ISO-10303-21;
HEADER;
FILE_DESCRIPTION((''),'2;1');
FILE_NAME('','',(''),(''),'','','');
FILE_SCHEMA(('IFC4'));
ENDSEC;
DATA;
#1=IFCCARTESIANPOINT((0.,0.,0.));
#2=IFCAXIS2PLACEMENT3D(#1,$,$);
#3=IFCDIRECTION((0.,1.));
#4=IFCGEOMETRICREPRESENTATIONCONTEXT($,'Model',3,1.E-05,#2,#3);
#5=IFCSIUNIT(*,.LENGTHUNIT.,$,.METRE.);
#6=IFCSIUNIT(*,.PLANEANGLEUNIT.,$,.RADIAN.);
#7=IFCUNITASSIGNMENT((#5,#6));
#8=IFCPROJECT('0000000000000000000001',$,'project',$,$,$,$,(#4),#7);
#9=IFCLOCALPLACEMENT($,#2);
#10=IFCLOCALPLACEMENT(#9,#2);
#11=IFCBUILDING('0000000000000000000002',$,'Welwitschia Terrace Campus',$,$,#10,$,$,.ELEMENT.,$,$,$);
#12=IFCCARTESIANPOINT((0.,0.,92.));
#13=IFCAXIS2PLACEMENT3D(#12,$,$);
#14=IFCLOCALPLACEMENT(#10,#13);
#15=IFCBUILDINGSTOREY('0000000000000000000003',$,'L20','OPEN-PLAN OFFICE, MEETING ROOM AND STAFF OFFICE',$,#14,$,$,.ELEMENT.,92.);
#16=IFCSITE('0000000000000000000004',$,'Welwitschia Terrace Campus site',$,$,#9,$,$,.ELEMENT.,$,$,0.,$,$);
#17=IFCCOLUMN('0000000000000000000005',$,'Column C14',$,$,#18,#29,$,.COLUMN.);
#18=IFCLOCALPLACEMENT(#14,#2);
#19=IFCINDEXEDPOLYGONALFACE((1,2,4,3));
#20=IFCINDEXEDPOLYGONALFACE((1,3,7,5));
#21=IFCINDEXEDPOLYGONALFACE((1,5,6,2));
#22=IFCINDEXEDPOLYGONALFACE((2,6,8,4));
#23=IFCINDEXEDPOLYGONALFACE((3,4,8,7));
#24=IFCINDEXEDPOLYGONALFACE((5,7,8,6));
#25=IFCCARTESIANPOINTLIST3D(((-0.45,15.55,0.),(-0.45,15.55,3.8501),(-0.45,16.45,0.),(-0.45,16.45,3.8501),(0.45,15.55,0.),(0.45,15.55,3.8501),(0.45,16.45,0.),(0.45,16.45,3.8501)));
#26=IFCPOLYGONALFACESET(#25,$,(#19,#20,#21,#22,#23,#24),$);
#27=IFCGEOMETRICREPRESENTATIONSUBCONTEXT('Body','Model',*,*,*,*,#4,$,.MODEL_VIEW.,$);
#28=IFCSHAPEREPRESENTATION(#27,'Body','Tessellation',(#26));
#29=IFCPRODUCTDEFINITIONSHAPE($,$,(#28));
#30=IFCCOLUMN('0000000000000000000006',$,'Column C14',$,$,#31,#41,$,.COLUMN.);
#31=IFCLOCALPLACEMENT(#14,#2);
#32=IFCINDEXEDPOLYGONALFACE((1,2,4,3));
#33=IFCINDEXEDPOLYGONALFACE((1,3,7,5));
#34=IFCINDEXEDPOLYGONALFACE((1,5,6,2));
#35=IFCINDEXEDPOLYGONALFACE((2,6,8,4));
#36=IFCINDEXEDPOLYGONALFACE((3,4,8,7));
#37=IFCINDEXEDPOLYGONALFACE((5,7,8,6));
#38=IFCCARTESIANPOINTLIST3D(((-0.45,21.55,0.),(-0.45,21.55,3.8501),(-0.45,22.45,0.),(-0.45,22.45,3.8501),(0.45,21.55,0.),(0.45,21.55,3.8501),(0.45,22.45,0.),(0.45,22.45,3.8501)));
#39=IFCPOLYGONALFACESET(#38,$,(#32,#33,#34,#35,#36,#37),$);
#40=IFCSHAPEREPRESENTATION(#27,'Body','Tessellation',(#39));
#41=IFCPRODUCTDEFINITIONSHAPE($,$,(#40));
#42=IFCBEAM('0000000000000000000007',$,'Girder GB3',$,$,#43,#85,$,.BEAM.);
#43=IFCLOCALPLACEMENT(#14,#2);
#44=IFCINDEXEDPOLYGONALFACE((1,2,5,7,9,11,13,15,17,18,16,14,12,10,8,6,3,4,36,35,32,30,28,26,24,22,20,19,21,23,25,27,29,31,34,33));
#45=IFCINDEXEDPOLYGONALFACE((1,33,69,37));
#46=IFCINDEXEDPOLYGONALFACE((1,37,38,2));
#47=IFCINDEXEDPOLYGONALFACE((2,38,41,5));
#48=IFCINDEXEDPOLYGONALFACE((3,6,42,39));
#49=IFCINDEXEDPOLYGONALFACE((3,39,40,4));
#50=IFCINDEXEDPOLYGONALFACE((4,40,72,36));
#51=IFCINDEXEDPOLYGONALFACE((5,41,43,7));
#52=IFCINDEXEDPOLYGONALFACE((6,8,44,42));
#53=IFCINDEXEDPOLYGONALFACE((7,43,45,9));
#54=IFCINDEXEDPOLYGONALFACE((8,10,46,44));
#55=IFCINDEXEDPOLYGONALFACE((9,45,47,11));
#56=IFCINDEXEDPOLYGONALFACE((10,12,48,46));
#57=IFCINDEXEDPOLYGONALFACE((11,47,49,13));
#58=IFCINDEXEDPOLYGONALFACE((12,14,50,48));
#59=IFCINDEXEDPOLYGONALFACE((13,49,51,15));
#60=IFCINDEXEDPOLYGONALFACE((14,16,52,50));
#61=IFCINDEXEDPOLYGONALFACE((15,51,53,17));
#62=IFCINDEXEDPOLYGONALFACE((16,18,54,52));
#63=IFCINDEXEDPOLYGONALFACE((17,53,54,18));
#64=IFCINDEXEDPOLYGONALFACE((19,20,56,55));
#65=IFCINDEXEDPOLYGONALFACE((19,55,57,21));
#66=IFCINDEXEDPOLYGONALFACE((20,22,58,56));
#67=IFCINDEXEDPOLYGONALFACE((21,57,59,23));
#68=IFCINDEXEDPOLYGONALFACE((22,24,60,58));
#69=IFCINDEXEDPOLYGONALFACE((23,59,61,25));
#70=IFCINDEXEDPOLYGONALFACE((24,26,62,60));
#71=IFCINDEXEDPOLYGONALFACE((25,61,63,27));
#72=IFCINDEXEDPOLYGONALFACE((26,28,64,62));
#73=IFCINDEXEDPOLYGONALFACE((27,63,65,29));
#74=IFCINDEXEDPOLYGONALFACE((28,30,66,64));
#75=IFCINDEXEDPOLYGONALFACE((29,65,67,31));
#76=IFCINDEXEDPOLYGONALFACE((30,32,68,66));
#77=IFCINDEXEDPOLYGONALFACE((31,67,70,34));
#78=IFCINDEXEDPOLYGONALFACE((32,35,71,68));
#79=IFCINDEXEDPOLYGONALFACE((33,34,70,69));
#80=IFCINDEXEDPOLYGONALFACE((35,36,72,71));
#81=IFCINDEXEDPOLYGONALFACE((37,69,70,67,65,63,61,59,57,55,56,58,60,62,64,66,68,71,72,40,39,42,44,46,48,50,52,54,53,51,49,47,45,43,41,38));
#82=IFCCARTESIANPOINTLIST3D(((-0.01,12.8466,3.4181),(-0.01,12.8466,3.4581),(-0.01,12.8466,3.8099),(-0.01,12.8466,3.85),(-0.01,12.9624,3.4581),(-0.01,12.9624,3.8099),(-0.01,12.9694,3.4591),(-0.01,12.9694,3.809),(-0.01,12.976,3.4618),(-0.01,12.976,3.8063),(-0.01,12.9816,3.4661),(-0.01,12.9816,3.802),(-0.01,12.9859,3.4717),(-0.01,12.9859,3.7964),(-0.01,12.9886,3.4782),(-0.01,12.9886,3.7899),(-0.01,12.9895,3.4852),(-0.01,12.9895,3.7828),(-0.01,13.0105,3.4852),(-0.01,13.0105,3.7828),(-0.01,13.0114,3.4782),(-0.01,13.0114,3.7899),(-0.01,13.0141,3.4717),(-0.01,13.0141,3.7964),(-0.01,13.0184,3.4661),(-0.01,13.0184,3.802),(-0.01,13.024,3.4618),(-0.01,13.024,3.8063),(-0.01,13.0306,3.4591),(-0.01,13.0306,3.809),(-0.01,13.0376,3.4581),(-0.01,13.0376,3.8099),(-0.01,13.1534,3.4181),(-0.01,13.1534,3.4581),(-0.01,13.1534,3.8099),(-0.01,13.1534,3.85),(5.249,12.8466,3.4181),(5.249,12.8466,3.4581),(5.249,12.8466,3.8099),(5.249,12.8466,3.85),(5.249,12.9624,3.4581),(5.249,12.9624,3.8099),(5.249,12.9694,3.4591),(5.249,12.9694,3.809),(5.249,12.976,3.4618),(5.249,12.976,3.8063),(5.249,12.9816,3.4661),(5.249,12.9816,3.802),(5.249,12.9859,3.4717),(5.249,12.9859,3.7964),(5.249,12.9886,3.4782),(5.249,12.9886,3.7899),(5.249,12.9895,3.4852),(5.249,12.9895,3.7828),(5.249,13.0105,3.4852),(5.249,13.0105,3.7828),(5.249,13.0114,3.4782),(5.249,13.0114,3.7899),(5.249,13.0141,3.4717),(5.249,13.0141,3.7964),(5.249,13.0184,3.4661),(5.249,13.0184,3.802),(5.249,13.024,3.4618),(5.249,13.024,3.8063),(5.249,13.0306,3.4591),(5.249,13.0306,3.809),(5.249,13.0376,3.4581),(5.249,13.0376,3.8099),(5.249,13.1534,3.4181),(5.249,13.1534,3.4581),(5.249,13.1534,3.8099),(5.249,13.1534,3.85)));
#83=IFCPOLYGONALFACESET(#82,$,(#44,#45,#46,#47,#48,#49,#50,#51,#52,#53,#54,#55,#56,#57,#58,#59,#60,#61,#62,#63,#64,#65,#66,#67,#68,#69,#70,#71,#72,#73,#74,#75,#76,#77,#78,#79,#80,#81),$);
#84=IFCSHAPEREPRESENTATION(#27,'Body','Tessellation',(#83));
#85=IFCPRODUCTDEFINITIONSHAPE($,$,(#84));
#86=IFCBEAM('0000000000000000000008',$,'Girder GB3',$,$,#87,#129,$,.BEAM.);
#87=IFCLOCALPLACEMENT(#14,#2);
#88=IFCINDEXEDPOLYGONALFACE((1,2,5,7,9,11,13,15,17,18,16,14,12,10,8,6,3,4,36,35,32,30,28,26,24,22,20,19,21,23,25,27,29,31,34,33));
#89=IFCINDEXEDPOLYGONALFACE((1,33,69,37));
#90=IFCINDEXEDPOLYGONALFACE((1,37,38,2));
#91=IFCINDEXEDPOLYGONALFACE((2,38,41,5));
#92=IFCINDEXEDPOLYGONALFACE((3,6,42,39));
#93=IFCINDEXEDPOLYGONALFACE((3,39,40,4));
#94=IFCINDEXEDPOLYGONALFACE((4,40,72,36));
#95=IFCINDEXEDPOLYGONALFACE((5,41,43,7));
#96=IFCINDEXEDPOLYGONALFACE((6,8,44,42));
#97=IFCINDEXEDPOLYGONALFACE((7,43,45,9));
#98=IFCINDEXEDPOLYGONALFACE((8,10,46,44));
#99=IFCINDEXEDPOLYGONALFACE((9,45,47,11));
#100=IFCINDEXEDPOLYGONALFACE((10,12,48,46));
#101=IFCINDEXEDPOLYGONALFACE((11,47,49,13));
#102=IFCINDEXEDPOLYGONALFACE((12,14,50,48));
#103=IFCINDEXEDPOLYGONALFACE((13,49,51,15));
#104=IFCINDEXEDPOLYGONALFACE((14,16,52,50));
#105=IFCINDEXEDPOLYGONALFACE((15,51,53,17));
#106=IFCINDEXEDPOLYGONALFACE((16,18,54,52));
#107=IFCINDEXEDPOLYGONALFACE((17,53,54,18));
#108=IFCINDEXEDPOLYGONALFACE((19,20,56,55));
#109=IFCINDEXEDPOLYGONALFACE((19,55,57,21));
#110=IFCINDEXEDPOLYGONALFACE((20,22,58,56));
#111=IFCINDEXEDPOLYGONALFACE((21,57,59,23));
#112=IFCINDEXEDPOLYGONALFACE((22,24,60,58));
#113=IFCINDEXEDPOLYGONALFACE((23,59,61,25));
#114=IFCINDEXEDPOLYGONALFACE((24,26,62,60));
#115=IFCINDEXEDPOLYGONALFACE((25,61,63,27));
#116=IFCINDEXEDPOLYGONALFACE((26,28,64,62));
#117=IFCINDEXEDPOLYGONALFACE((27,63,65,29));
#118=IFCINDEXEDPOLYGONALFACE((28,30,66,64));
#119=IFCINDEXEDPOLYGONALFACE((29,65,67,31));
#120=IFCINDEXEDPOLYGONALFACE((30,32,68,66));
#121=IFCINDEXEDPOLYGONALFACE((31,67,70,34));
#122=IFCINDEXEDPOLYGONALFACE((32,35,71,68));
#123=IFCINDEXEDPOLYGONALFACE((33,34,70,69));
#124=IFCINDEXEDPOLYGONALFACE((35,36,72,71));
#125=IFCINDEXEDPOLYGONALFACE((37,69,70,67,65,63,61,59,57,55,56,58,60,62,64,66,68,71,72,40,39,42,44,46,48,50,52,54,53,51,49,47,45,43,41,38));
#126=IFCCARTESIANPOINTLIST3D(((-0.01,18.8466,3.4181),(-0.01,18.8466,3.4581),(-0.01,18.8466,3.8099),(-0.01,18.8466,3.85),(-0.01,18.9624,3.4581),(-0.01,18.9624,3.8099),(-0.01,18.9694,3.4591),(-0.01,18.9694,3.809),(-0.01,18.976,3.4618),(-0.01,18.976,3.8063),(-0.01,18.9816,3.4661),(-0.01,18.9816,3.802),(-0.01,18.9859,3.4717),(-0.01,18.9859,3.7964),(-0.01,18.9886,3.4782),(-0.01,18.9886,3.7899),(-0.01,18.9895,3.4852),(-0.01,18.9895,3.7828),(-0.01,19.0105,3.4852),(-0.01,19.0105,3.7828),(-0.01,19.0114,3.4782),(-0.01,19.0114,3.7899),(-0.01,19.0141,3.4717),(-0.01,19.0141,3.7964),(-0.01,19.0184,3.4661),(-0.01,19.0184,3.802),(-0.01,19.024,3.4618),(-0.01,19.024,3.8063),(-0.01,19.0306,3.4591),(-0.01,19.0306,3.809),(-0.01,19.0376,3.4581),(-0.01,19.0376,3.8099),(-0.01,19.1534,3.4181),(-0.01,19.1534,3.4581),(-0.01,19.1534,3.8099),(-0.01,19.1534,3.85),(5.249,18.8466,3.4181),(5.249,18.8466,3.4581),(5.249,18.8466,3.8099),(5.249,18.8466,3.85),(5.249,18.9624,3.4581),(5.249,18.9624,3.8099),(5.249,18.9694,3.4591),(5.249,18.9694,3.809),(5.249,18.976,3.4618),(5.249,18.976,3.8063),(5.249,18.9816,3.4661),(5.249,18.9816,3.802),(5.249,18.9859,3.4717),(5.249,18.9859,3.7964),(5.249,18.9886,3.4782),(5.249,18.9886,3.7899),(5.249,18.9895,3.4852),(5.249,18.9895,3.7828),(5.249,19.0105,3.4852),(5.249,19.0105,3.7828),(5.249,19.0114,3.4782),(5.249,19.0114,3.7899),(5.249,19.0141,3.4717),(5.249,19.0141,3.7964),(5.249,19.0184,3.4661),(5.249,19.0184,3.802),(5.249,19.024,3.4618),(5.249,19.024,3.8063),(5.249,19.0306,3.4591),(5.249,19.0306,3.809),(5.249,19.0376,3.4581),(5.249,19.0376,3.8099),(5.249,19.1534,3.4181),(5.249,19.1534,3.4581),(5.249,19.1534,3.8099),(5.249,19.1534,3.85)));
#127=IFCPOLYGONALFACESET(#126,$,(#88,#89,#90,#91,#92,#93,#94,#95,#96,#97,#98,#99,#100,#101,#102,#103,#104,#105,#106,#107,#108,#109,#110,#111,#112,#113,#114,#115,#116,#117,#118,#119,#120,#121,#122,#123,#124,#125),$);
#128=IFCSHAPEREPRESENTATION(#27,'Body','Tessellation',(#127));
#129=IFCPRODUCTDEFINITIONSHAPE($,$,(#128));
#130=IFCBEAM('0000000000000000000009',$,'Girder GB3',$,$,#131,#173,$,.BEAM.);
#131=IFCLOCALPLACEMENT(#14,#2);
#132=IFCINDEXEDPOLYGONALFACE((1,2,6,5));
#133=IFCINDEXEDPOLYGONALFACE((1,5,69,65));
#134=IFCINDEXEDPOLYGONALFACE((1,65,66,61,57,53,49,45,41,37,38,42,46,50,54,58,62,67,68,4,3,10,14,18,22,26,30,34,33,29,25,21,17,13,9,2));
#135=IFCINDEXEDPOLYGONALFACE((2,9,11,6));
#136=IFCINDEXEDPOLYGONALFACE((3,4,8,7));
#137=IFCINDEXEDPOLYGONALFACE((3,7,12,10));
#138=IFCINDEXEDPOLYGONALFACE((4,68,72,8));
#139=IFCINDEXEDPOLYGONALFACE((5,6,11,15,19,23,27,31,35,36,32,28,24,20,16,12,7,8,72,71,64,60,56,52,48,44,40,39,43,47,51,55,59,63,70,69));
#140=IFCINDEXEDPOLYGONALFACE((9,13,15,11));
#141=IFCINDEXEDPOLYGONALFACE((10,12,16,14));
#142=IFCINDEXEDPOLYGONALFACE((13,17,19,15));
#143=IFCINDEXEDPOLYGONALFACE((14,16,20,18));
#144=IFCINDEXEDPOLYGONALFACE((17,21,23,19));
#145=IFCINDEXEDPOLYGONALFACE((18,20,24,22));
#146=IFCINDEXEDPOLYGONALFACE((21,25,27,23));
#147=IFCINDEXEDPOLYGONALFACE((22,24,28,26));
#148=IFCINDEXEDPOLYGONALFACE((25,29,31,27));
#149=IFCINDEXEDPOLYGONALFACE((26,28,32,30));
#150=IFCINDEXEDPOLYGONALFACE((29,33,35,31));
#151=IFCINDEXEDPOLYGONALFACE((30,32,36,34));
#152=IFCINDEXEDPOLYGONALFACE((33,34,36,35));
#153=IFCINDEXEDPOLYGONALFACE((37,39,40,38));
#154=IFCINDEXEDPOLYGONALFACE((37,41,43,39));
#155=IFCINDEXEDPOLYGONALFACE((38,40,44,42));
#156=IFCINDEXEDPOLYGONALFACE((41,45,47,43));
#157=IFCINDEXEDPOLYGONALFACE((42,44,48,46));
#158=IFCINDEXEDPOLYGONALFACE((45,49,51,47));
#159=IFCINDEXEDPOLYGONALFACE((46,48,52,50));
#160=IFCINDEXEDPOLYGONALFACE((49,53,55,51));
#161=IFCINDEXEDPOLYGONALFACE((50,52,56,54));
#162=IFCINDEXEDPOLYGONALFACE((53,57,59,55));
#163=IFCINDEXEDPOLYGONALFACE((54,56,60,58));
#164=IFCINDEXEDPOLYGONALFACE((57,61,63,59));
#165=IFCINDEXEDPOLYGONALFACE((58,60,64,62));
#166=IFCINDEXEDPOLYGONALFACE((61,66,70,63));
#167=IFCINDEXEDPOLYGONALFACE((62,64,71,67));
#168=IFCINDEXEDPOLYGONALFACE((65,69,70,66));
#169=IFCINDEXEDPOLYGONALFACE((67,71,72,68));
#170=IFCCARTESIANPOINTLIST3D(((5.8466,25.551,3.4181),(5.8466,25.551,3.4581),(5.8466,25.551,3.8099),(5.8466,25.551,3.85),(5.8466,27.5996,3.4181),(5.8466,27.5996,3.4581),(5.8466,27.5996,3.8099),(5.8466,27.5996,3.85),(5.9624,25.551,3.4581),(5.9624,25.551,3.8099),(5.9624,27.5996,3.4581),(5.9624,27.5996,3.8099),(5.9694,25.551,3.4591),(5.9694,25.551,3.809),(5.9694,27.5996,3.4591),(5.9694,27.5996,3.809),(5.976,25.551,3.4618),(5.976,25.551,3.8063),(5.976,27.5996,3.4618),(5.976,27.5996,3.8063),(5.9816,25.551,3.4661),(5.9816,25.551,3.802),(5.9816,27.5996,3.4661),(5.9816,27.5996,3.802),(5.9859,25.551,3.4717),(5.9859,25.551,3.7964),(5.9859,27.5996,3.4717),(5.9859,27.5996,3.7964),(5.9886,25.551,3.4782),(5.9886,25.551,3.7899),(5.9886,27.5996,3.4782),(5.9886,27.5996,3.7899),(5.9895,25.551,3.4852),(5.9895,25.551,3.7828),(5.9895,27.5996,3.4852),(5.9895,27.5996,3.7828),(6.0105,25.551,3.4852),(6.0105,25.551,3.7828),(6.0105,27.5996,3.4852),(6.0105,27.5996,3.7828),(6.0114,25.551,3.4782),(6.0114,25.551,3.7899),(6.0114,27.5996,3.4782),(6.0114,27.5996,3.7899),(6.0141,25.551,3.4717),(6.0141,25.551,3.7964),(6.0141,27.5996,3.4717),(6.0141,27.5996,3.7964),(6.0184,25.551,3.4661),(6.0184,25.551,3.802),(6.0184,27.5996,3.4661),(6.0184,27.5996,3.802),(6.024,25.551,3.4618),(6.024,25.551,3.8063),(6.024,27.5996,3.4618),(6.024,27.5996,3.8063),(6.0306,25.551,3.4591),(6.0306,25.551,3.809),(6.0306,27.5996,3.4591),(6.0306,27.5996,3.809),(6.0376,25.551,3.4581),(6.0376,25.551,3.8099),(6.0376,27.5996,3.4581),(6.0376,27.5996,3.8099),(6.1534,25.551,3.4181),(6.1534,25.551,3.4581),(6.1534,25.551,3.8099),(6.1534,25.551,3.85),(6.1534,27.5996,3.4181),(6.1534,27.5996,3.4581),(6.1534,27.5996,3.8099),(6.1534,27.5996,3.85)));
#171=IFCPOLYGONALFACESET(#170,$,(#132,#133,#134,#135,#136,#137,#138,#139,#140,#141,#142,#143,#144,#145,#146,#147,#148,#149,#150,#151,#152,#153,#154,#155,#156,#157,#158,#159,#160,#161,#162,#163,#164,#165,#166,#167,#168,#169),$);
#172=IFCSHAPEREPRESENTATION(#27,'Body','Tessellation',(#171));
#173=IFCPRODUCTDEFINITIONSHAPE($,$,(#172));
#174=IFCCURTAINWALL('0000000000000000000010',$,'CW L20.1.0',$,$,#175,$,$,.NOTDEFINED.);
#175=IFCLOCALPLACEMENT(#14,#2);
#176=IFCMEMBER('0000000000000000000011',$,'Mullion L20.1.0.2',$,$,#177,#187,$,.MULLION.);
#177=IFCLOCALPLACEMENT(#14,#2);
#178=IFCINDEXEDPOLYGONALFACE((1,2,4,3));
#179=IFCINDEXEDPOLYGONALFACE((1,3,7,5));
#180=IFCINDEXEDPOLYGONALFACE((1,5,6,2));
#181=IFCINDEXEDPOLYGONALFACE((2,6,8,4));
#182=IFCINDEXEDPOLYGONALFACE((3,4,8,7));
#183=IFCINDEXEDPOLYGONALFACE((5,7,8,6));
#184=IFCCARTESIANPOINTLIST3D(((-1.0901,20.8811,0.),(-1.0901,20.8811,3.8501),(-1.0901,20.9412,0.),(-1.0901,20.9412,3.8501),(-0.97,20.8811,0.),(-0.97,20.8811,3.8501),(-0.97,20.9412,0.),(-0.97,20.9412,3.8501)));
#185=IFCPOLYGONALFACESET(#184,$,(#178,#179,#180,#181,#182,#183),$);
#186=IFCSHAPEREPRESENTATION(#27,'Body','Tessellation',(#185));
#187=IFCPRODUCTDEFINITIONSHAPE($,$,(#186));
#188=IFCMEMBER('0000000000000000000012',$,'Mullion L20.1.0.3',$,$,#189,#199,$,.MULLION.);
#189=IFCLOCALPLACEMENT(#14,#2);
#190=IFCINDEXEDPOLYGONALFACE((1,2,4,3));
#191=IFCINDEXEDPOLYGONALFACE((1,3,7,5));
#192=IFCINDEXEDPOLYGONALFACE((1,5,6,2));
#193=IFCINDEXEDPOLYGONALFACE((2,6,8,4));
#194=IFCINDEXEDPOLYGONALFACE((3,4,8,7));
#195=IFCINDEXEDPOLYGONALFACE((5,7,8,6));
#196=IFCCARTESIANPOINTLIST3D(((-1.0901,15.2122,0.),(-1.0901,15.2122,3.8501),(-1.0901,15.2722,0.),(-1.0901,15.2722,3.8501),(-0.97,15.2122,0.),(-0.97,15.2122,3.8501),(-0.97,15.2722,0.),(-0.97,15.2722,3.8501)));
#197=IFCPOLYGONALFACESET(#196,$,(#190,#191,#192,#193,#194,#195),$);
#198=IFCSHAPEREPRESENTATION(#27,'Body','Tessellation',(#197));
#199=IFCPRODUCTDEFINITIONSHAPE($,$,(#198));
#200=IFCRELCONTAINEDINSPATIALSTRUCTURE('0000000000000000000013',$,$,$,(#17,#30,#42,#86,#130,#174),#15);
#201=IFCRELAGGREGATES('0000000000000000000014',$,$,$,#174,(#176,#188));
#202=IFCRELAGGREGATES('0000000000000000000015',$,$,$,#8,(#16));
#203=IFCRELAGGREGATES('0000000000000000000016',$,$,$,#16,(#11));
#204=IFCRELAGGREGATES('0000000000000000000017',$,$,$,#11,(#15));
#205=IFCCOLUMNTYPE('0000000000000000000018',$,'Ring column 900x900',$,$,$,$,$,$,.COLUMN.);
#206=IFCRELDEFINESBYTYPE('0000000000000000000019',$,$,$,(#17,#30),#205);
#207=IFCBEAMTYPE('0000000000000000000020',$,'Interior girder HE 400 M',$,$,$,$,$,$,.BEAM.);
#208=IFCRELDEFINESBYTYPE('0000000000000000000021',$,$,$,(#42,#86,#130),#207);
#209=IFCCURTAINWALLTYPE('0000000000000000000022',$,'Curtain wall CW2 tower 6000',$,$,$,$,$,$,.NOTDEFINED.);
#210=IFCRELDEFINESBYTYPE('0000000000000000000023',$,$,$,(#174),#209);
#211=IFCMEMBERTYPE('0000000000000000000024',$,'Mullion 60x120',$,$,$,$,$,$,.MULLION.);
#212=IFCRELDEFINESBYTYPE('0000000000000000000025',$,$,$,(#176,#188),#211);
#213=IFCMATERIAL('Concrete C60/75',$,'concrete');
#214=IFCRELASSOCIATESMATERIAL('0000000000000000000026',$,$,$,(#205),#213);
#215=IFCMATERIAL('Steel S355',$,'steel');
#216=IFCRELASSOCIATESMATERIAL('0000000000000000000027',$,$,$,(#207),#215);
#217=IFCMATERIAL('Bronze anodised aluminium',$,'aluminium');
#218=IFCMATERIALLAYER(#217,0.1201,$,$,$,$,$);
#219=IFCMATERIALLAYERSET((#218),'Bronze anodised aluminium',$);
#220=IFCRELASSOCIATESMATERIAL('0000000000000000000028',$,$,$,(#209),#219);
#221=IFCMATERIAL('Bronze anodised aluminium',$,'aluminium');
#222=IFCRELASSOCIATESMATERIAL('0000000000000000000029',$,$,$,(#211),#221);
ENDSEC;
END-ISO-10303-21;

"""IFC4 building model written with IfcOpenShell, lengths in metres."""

from ifc_helpers import new_model, si_unit, direction, frame, origin, origin_2d, place, context, subcontext, project, spatial, rectangle, i_section, extrude, material, layer, layer_set, material_profile, profile_set, type_object, element, aggregate, save


model = new_model("IFC4")

# Units and contexts
model_context = context("Model", 3, precision=1e-05, world=origin(), true_north=direction((0.0, 1.0)))
body_context = subcontext(model_context, "Body", "Model", "MODEL_VIEW")
ifc_project = project(units=[si_unit("LENGTHUNIT", "METRE"), si_unit("PLANEANGLEUNIT", "RADIAN")], contexts=[model_context])

# Site, building, storey
site_placement = place(None, origin())
site = spatial("IfcSite", under=ifc_project, at=site_placement, Name="Welwitschia Terrace Campus site", CompositionType="ELEMENT", RefElevation=0.0)
building_placement = place(site_placement, origin())
building = spatial("IfcBuilding", under=site, at=building_placement, Name="Welwitschia Terrace Campus", CompositionType="ELEMENT")
storey_placement = place(building_placement, frame((0.0, 0.0, 92.0)))
storey = spatial("IfcBuildingStorey", under=building, at=storey_placement, Name="L20", Description="OPEN-PLAN OFFICE, MEETING ROOM AND STAFF OFFICE", CompositionType="ELEMENT", Elevation=92.0)

# Columns
ifc_material_1 = material(Name="Concrete C60/75", Category="concrete")
ifc_material_profile_1 = material_profile(ifc_material_1, rectangle(XDim=0.8999, YDim=0.8999, at=origin_2d()))
ifc_profile_set_1 = profile_set([ifc_material_profile_1], Name="Concrete C60/75")
column_type = type_object("IfcColumnType", Name="Ring column 900x900", PredefinedType="COLUMN", material=ifc_profile_set_1)
for number, where, z_axis, x_axis, name in (
    (1, (0.0, 16.0, 0.0), (0.0, 0.0, 1.0), (1.0, 0.0, 0.0), "Column C14"),
    (2, (0.0, 22.0, 0.0), (0.0, 0.0, 1.0), (1.0, 0.0, 0.0), "Column C14"),
):
    element("IfcColumn", number, at=place(storey_placement, frame(where, z_axis=z_axis, x_axis=x_axis)), inside=storey, type_object=column_type, Name=name, PredefinedType="COLUMN", context=body_context, shape_type="SweptSolid", body=[
        extrude(rectangle(XDim=0.8999, YDim=0.8999, at=origin_2d()), origin(), (0.0, 0.0, 1.0), 3.8501),
    ])

# Beams
ifc_material_2 = material(Name="Steel S355", Category="steel")
ifc_material_profile_2 = material_profile(ifc_material_2, i_section(OverallWidth=0.3069, OverallDepth=0.4319, WebThickness=0.021, FlangeThickness=0.04, FilletRadius=0.0271, at=origin_2d()))
ifc_profile_set_2 = profile_set([ifc_material_profile_2], Name="Steel S355")
beam_type_1 = type_object("IfcBeamType", Name="Interior girder HE 400 M", PredefinedType="BEAM", material=ifc_profile_set_2)
for number, where, z_axis, x_axis, name in (
    (3, (-0.01, 13.0, 3.634), (1.0, 0.0, 0.0), (0.0, 1.0, 0.0), "Girder GB3"),
    (4, (-0.01, 19.0, 3.634), (1.0, 0.0, 0.0), (0.0, 1.0, 0.0), "Girder GB3"),
):
    element("IfcBeam", number, at=place(storey_placement, frame(where, z_axis=z_axis, x_axis=x_axis)), inside=storey, type_object=beam_type_1, Name=name, PredefinedType="BEAM", context=body_context, shape_type="SweptSolid", body=[
        extrude(i_section(OverallWidth=0.3069, OverallDepth=0.4319, WebThickness=0.021, FlangeThickness=0.04, FilletRadius=0.0271, at=origin_2d()), origin(), (0.0, 0.0, 1.0), 5.259),
    ])
beam_1_placement = place(storey_placement, frame((6.0, 25.551, 3.634), z_axis=(0.0, 1.0, 0.0), x_axis=(-1.0, 0.0, 0.0)))
element("IfcBeam", 5, at=beam_1_placement, inside=storey, type_object=beam_type_1, Name="Girder GB3", PredefinedType="BEAM", context=body_context, shape_type="SweptSolid", body=[
    extrude(i_section(OverallWidth=0.3069, OverallDepth=0.4319, WebThickness=0.021, FlangeThickness=0.04, FilletRadius=0.0271, at=origin_2d()), origin(), (0.0, 0.0, 1.0), 2.0486),
])

# Curtain wall, members
ifc_material_3 = material(Name="Bronze anodised aluminium", Category="aluminium")
ifc_layer_1 = layer(ifc_material_3, 0.1201)
ifc_layer_set_1 = layer_set([ifc_layer_1], Name="Bronze anodised aluminium")
curtain_wall_type = type_object("IfcCurtainWallType", Name="Curtain wall CW2 tower 6000", PredefinedType="NOTDEFINED", material=ifc_layer_set_1)
curtain_wall_placement = place(storey_placement, origin())
curtain_wall = element("IfcCurtainWall", 6, at=curtain_wall_placement, inside=storey, type_object=curtain_wall_type, Name="CW L20.1.0", PredefinedType="NOTDEFINED")
ifc_material_4 = material(Name="Bronze anodised aluminium", Category="aluminium")
ifc_material_profile_3 = material_profile(ifc_material_4, rectangle(XDim=0.1201, YDim=0.0601, at=origin_2d()))
ifc_profile_set_3 = profile_set([ifc_material_profile_3], Name="Bronze anodised aluminium")
member_type = type_object("IfcMemberType", Name="Mullion 60x120", PredefinedType="MULLION", material=ifc_profile_set_3)
member_1_placement = place(storey_placement, frame((-1.03, 20.9111, 0.0), z_axis=(0.0, 0.0, 1.0), x_axis=(1.0, 0.0, 0.0)))
member_1 = element("IfcMember", 7, at=member_1_placement, type_object=member_type, Name="Mullion L20.1.0.2", PredefinedType="MULLION", context=body_context, shape_type="SweptSolid", body=[
    extrude(rectangle(XDim=0.1201, YDim=0.0601, at=origin_2d()), origin(), (0.0, 0.0, 1.0), 3.8501),
])
member_2_placement = place(storey_placement, frame((-1.03, 15.2422, 0.0), z_axis=(0.0, 0.0, 1.0), x_axis=(1.0, 0.0, 0.0)))
member_2 = element("IfcMember", 8, at=member_2_placement, type_object=member_type, Name="Mullion L20.1.0.3", PredefinedType="MULLION", context=body_context, shape_type="SweptSolid", body=[
    extrude(rectangle(XDim=0.1201, YDim=0.0601, at=origin_2d()), origin(), (0.0, 0.0, 1.0), 3.8501),
])

aggregate(curtain_wall, [member_1, member_2])

save(model, "model.ifc")
